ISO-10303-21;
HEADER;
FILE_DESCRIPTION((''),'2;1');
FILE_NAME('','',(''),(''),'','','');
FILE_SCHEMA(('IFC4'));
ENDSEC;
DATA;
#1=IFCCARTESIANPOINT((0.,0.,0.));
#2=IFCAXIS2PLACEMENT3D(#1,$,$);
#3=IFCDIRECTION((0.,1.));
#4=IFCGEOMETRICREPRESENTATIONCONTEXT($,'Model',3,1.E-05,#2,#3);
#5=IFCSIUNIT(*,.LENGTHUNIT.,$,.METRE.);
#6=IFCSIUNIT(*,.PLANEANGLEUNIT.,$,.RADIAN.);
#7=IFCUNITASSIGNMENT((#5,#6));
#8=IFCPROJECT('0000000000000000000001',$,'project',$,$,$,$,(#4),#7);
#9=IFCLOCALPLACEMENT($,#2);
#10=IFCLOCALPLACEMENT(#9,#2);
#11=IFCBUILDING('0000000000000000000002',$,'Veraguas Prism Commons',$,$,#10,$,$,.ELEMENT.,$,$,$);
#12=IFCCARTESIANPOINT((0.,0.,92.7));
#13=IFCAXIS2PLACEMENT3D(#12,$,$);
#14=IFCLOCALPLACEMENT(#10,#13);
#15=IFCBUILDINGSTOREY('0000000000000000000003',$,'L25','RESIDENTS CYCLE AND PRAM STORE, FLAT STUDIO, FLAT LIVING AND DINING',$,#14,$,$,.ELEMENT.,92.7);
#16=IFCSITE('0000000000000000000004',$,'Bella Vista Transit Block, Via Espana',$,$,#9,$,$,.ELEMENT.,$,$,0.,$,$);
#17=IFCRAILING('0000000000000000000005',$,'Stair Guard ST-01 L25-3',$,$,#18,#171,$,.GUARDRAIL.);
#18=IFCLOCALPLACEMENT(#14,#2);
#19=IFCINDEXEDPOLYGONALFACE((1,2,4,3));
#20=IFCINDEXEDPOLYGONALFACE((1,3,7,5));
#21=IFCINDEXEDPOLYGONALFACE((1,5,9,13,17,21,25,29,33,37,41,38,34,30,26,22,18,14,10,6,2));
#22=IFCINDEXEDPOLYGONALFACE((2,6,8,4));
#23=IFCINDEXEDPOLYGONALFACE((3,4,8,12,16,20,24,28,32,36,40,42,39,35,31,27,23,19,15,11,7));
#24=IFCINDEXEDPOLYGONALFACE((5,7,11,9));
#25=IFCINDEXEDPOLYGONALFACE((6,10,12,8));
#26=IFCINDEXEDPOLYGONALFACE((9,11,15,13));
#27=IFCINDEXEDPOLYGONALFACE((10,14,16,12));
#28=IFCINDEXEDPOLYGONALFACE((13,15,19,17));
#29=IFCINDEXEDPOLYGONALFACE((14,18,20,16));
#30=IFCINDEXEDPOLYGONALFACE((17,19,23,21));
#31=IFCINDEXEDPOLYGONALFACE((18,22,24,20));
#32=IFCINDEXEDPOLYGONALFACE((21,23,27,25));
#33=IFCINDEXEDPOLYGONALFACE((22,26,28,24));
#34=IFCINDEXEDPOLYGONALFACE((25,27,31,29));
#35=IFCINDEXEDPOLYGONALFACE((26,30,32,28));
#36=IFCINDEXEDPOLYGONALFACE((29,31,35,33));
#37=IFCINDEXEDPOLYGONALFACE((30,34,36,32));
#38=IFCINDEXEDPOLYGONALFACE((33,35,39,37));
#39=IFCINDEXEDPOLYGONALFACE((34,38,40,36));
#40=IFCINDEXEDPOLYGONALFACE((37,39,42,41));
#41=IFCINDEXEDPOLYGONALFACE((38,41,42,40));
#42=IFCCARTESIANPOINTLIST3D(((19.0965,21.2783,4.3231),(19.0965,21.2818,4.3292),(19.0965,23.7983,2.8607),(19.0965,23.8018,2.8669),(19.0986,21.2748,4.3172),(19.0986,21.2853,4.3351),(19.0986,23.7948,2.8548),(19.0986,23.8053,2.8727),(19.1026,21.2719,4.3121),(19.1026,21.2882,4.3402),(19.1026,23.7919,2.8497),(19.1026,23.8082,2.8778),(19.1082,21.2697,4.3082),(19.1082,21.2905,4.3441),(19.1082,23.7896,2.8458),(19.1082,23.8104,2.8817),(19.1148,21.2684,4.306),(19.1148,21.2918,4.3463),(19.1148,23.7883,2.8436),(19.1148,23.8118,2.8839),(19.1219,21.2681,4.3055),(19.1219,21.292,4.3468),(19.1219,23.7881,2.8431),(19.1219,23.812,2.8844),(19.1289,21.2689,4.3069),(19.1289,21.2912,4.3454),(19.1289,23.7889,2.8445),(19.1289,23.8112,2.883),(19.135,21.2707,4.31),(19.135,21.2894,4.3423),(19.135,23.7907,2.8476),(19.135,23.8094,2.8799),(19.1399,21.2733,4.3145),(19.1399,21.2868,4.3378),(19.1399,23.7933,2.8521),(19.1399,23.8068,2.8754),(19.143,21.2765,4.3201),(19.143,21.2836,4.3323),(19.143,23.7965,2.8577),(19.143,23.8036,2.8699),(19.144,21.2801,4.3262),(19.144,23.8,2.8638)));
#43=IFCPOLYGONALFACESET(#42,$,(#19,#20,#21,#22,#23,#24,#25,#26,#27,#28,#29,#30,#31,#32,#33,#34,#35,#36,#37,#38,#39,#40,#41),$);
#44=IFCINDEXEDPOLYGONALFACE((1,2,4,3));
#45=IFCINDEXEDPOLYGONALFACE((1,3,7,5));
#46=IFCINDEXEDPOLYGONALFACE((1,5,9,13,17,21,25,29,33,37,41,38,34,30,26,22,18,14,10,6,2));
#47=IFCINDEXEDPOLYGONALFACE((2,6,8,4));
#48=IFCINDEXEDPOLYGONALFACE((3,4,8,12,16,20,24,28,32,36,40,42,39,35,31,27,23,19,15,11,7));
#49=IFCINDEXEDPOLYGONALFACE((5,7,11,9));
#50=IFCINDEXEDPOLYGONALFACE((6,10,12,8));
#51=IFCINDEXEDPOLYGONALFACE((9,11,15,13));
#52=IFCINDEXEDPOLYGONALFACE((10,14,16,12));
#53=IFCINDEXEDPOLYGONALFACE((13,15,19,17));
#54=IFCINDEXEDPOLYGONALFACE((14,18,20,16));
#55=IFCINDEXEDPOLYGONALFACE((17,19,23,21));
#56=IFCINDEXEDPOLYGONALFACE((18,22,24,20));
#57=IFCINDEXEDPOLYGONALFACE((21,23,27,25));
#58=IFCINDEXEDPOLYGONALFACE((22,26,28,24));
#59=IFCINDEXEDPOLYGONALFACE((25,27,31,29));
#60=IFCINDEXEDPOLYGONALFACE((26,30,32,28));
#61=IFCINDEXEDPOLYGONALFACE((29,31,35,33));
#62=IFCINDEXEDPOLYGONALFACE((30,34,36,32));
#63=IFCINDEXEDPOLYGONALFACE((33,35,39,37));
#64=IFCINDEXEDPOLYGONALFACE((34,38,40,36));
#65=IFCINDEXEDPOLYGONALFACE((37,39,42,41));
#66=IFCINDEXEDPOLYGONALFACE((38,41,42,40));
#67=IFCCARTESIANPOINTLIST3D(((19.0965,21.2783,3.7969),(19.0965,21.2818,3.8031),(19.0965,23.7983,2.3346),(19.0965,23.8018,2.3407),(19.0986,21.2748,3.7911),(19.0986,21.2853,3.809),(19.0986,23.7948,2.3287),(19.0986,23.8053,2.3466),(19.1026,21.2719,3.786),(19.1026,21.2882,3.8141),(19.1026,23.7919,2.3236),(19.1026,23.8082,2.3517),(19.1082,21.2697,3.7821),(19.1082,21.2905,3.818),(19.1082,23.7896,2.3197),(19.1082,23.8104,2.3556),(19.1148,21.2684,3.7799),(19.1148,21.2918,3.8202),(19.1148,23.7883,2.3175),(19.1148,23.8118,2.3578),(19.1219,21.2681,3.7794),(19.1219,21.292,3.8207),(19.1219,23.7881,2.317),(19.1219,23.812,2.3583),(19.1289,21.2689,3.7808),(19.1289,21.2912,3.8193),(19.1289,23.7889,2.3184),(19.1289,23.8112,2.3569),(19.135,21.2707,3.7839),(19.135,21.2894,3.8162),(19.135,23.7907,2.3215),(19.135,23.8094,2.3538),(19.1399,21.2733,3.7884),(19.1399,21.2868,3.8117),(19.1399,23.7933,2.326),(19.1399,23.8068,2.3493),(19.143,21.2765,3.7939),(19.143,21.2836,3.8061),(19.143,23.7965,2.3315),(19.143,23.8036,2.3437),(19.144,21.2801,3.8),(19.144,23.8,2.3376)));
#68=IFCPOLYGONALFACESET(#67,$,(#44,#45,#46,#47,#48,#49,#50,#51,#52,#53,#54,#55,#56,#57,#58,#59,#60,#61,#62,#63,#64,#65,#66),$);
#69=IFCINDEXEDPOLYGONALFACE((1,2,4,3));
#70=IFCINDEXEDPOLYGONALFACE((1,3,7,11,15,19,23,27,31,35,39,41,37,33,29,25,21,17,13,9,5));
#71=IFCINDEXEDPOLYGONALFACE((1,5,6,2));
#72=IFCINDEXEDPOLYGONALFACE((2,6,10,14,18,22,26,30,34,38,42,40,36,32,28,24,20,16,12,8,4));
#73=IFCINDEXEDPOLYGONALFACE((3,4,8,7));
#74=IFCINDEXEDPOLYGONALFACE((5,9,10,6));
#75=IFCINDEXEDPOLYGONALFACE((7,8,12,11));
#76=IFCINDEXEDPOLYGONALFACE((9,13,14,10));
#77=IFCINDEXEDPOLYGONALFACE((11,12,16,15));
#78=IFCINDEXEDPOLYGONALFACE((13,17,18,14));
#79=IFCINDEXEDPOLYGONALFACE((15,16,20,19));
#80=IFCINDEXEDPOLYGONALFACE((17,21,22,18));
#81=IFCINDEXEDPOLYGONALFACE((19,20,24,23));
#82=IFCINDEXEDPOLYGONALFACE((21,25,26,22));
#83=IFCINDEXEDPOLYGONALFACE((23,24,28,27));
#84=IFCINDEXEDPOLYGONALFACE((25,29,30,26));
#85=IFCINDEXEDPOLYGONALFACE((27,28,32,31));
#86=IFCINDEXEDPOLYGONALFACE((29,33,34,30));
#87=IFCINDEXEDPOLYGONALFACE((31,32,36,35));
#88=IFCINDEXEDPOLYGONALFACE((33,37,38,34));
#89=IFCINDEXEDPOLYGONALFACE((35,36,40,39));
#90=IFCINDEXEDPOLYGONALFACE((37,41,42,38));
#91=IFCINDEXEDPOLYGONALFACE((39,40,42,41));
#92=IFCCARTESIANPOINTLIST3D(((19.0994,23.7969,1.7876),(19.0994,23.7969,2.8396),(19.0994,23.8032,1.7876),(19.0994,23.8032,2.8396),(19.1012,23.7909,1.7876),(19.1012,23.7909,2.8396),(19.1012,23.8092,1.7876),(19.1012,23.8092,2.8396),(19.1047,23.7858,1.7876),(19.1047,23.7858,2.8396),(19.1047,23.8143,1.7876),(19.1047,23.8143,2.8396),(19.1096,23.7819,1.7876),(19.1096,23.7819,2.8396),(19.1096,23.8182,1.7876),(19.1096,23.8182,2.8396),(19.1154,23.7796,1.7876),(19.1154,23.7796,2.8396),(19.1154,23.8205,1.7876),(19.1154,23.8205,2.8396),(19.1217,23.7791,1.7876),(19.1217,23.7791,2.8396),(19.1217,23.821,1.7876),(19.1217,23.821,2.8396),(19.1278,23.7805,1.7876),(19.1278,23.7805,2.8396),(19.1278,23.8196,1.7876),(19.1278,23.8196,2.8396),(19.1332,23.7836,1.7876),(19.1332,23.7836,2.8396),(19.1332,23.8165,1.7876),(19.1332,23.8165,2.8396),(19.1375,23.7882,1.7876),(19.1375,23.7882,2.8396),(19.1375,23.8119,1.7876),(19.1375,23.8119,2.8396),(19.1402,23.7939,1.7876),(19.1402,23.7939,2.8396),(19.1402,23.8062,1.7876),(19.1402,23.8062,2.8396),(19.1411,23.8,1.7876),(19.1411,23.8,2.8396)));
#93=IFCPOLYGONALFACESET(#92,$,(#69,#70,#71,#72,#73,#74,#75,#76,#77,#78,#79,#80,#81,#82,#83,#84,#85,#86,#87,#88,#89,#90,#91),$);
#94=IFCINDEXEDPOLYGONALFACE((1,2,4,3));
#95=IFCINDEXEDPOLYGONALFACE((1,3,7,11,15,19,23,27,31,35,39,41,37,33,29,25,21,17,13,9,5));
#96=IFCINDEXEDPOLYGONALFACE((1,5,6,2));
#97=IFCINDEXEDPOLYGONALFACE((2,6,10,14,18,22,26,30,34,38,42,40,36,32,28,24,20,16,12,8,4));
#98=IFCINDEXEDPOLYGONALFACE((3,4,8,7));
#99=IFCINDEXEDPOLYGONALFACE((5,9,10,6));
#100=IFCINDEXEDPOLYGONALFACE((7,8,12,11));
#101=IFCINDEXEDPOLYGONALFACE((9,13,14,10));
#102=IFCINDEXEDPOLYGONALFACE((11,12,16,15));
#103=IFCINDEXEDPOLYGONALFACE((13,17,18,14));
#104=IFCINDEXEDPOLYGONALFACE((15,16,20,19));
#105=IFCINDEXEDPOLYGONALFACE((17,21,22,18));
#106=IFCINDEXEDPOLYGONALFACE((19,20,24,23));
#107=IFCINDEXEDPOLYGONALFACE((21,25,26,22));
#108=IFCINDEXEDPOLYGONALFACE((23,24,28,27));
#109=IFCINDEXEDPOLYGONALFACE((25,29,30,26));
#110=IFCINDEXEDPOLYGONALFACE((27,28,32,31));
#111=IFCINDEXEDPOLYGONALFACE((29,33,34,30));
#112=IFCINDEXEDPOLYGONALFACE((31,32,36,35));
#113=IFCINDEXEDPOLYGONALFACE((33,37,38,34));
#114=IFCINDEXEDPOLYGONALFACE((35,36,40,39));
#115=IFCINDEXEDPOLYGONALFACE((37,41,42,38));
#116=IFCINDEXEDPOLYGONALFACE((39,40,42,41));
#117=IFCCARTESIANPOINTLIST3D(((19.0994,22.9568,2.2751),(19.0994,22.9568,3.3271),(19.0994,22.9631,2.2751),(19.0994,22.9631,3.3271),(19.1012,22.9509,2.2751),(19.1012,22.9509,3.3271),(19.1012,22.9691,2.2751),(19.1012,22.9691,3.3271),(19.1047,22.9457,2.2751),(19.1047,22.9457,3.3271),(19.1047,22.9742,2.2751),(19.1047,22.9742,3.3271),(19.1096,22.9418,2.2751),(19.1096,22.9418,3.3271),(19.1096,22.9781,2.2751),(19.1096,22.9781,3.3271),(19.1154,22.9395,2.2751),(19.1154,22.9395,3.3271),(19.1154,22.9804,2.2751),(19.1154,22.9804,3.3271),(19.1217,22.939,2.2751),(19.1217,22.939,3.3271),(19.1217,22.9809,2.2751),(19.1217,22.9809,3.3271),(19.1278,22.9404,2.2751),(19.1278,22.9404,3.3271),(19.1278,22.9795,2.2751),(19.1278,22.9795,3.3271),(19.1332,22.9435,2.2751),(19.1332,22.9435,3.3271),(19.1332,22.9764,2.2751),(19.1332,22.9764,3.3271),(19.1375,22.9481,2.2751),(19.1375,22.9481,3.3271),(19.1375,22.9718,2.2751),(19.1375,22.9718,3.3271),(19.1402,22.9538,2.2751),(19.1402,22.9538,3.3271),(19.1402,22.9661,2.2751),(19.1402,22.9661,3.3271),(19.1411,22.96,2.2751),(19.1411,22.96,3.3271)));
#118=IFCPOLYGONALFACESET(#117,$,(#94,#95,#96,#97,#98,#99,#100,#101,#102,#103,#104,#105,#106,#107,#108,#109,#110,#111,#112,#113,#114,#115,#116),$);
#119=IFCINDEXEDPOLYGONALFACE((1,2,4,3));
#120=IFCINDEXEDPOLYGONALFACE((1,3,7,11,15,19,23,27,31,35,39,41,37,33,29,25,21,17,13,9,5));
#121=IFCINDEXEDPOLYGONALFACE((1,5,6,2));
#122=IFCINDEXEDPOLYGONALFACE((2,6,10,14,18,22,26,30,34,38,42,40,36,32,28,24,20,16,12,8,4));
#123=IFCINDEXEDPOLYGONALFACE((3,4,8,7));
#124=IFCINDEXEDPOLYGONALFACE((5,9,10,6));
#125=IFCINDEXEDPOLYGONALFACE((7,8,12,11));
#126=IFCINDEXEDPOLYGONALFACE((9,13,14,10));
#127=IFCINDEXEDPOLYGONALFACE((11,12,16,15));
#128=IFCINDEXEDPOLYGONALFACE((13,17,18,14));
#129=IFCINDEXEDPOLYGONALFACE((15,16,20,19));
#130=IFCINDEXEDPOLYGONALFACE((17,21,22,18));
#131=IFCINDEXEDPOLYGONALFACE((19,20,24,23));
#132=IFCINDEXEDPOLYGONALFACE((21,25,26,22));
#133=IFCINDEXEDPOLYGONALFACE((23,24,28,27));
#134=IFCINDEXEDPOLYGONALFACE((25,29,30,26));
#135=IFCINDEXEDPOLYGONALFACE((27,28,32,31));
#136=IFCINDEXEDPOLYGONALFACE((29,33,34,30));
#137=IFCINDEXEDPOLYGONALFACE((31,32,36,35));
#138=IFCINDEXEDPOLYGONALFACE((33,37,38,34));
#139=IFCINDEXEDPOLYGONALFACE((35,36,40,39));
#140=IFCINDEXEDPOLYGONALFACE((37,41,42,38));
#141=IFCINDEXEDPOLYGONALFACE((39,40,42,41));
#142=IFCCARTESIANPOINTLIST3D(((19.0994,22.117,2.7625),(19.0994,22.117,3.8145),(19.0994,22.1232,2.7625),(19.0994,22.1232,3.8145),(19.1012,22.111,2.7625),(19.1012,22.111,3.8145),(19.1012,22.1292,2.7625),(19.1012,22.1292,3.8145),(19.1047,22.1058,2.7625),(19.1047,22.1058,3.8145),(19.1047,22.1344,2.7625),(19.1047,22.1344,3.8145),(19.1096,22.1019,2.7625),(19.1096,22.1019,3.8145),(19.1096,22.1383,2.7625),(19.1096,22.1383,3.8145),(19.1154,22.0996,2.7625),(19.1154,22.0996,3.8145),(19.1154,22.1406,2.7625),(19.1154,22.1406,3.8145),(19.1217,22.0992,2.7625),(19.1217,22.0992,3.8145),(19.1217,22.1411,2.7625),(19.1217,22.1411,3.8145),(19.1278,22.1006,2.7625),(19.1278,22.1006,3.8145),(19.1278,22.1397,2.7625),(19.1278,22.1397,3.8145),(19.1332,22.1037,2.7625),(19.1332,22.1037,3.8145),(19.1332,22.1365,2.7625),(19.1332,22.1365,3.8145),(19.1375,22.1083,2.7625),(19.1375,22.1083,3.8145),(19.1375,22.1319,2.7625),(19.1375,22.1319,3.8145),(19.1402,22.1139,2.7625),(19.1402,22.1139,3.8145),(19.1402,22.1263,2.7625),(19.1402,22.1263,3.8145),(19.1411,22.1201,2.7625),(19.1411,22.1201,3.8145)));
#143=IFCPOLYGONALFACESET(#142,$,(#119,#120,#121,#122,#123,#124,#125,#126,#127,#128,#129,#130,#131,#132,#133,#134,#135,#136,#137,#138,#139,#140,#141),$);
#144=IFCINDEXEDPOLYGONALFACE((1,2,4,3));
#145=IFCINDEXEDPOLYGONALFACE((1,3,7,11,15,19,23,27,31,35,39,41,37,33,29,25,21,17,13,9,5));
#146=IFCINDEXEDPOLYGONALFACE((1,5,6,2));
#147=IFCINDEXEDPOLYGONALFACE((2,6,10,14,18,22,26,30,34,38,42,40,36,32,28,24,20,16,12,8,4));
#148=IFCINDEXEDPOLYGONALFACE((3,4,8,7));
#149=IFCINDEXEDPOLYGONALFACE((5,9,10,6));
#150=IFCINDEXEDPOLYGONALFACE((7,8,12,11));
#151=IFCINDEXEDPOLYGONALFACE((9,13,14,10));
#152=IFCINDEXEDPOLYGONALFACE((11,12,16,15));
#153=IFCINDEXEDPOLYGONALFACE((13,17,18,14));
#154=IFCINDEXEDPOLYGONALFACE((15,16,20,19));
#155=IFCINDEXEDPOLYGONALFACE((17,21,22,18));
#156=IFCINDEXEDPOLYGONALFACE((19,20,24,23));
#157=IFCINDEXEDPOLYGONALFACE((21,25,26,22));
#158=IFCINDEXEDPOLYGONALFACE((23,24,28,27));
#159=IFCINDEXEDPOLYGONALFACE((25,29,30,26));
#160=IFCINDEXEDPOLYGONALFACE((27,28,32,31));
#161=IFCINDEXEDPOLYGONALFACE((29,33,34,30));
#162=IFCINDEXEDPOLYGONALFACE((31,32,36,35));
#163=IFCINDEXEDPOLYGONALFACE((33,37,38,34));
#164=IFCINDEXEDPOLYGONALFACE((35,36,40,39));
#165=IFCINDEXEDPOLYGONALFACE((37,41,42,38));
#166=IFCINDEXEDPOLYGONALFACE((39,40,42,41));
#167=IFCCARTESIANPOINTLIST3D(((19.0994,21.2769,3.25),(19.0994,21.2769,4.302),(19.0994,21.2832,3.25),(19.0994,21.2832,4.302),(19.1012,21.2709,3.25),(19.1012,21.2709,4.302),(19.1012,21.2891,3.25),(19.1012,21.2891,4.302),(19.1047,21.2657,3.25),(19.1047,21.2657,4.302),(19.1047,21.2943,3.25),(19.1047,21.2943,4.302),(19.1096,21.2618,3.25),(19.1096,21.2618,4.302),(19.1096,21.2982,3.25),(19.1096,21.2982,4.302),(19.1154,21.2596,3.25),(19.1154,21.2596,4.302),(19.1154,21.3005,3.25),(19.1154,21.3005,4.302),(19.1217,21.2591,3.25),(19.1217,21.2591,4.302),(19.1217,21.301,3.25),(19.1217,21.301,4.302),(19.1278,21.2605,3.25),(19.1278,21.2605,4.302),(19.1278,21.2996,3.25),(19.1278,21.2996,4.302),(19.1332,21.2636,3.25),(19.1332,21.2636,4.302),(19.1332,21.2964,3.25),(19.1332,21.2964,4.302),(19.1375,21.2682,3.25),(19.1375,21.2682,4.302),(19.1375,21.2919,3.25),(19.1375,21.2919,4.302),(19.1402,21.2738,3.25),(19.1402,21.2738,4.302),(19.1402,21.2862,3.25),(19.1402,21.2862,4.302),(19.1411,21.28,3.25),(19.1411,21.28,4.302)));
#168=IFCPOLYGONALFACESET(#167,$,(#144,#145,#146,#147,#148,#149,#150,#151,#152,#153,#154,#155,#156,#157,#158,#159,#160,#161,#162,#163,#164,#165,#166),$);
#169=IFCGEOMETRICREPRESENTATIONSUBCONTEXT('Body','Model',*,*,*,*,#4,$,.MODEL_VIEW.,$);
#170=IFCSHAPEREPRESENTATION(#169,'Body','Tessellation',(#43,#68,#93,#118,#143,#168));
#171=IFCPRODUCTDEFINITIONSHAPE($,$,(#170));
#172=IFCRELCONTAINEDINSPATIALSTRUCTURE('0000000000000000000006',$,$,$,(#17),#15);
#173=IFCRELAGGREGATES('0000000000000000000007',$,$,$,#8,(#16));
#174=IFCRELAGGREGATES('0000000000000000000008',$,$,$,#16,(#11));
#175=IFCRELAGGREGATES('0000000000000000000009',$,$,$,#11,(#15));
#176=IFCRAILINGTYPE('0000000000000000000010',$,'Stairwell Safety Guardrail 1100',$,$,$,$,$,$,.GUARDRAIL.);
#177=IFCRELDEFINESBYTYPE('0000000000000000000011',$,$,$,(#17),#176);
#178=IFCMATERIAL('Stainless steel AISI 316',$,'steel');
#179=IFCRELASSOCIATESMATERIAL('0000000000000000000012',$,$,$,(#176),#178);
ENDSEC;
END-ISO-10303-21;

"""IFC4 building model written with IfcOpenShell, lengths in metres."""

from ifc_helpers import new_model, si_unit, direction, frame, origin, origin_2d, place, context, subcontext, project, spatial, circle, extrude, material, type_object, element, save


model = new_model("IFC4")

# Units and contexts
model_context = context("Model", 3, precision=1e-05, world=origin(), true_north=direction((0.0, 1.0)))
body_context = subcontext(model_context, "Body", "Model", "MODEL_VIEW")
ifc_project = project(units=[si_unit("LENGTHUNIT", "METRE"), si_unit("PLANEANGLEUNIT", "RADIAN")], contexts=[model_context])

# Site, building, storey
site_placement = place(None, origin())
site = spatial("IfcSite", under=ifc_project, at=site_placement, Name="Bella Vista Transit Block, Via Espana", CompositionType="ELEMENT", RefElevation=0.0)
building_placement = place(site_placement, origin())
building = spatial("IfcBuilding", under=site, at=building_placement, Name="Veraguas Prism Commons", CompositionType="ELEMENT")
storey_placement = place(building_placement, frame((0.0, 0.0, 92.7)))
storey = spatial("IfcBuildingStorey", under=building, at=storey_placement, Name="L25", Description="RESIDENTS CYCLE AND PRAM STORE, FLAT STUDIO, FLAT LIVING AND DINING", CompositionType="ELEMENT", Elevation=92.7)

# Railing
ifc_material_1 = material(Name="Stainless steel AISI 316", Category="steel")
railing_type_1 = type_object("IfcRailingType", Name="Stairwell Safety Guardrail 1100", PredefinedType="GUARDRAIL", material=ifc_material_1)
railing_1_placement = place(storey_placement, frame((19.1201, 23.8, 1.7876)))
element("IfcRailing", 1, at=railing_1_placement, inside=storey, type_object=railing_type_1, Name="Stair Guard ST-01 L25-3", PredefinedType="GUARDRAIL", context=body_context, shape_type="SweptSolid", body=[
    extrude(circle(Radius=0.0239, at=origin_2d()), frame((0.0, 0.0, 1.0762), z_axis=(0.0, -0.864913, 0.501921), x_axis=(1.0, 0.0, 0.0)), (0.0, 0.0, 1.0), 2.9136),
    extrude(circle(Radius=0.0239, at=origin_2d()), frame((0.0, 0.0, 0.55), z_axis=(0.0, -0.864913, 0.501921), x_axis=(1.0, 0.0, 0.0)), (0.0, 0.0, 1.0), 2.9136),
    extrude(circle(Radius=0.021, at=origin_2d()), origin(), (0.0, 0.0, 1.0), 1.052),
    extrude(circle(Radius=0.021, at=origin_2d()), frame((0.0, -0.8401, 0.4875)), (0.0, 0.0, 1.0), 1.052),
    extrude(circle(Radius=0.021, at=origin_2d()), frame((0.0, -1.6799, 0.9749)), (0.0, 0.0, 1.0), 1.052),
    extrude(circle(Radius=0.021, at=origin_2d()), frame((0.0, -2.52, 1.4624)), (0.0, 0.0, 1.0), 1.052),
])

save(model, "model.ifc")
